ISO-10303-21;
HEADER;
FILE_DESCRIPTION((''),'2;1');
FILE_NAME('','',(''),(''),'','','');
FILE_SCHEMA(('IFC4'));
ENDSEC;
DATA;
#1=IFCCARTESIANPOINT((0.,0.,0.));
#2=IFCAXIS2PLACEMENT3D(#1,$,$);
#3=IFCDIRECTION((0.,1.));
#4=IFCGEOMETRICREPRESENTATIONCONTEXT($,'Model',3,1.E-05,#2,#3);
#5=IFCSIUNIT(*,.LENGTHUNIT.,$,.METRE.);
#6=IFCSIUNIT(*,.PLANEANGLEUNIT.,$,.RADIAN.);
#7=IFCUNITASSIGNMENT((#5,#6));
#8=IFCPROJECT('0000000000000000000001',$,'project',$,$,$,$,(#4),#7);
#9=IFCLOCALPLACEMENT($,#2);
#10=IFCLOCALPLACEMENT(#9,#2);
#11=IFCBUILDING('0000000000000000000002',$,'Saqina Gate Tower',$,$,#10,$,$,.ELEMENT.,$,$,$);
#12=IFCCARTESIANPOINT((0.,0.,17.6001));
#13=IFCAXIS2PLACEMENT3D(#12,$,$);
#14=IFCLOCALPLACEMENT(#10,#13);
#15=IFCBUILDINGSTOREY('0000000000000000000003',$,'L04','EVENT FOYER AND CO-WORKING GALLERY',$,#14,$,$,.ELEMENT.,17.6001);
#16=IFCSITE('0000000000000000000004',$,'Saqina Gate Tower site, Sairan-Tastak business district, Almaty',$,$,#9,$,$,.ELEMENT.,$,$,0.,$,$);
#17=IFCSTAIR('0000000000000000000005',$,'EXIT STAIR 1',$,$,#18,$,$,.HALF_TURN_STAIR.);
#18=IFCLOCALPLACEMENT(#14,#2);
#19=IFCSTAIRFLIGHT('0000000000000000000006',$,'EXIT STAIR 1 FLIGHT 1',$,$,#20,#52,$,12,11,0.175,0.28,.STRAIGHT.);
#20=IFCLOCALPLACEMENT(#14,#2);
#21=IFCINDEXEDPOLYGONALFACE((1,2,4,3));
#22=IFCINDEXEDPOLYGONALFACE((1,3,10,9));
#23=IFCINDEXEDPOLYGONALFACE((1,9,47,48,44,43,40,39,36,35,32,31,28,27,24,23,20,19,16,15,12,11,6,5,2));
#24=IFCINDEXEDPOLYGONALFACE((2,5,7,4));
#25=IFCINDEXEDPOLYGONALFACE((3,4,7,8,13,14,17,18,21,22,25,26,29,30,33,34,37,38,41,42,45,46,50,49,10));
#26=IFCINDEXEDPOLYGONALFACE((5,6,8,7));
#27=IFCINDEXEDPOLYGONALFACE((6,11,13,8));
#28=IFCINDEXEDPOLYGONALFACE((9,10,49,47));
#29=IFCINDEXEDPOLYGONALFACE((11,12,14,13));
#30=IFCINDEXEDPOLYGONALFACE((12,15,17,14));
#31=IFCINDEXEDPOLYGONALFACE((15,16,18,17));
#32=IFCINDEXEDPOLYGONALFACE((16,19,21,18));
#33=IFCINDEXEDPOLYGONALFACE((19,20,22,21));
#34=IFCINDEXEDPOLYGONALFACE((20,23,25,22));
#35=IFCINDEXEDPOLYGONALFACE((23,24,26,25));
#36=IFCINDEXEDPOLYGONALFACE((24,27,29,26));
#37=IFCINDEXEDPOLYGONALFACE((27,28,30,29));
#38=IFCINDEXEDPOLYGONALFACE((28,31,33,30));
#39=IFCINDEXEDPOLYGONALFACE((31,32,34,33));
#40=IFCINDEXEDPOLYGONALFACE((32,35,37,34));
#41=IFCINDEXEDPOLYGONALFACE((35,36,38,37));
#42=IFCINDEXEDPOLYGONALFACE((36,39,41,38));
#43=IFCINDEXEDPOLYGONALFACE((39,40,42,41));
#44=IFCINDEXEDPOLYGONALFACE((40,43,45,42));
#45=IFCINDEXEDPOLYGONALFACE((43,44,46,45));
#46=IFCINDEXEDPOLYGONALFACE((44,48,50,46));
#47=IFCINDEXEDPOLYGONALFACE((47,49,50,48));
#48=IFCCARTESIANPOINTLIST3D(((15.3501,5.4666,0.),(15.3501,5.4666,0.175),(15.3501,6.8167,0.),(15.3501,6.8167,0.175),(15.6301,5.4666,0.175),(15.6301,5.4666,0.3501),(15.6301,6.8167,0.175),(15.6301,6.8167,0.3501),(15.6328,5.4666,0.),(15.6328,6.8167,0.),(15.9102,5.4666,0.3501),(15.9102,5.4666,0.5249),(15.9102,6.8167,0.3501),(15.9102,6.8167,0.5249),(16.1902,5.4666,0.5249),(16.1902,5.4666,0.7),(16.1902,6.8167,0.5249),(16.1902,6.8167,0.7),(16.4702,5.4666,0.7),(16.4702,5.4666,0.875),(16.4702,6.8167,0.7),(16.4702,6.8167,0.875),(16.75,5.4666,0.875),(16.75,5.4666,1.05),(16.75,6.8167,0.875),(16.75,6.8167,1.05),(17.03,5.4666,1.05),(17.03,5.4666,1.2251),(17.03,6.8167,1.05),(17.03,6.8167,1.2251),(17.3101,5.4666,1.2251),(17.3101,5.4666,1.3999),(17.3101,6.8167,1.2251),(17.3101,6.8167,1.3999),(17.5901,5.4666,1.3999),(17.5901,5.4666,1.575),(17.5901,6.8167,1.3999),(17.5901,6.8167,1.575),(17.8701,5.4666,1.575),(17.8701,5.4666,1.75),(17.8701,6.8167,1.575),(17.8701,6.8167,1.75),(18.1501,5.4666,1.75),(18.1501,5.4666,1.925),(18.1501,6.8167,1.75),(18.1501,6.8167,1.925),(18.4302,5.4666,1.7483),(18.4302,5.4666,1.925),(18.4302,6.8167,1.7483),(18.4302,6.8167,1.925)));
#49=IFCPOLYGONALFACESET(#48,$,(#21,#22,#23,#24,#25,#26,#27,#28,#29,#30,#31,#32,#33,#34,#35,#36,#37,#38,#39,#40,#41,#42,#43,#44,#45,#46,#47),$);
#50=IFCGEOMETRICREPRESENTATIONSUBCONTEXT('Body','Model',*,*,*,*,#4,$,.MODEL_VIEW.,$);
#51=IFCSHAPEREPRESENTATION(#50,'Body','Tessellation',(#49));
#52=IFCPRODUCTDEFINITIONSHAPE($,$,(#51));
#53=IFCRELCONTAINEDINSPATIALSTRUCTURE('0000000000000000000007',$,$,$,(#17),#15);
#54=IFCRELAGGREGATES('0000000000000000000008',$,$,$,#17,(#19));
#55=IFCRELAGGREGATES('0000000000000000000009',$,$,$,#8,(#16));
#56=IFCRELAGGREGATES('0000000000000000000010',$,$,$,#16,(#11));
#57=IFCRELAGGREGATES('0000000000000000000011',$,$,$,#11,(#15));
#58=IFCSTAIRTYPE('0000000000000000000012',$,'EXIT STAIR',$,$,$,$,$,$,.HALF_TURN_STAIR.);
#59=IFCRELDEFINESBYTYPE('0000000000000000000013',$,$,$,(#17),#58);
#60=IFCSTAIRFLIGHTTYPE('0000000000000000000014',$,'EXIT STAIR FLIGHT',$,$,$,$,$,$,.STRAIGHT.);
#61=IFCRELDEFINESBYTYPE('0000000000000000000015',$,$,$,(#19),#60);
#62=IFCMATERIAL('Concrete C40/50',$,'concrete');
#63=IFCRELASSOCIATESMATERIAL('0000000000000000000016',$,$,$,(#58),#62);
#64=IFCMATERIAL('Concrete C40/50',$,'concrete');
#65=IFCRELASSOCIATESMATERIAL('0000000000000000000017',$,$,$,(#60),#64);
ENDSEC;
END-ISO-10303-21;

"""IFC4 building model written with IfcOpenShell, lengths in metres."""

from ifc_helpers import new_model, si_unit, direction, frame, origin, place, context, subcontext, project, spatial, polyline, outline, extrude, material, type_object, element, aggregate, save


model = new_model("IFC4")

# Units and contexts
model_context = context("Model", 3, precision=1e-05, world=origin(), true_north=direction((0.0, 1.0)))
body_context = subcontext(model_context, "Body", "Model", "MODEL_VIEW")
ifc_project = project(units=[si_unit("LENGTHUNIT", "METRE"), si_unit("PLANEANGLEUNIT", "RADIAN")], contexts=[model_context])

# Site, building, storey
site_placement = place(None, origin())
site = spatial("IfcSite", under=ifc_project, at=site_placement, Name="Saqina Gate Tower site, Sairan-Tastak business district, Almaty", CompositionType="ELEMENT", RefElevation=0.0)
building_placement = place(site_placement, origin())
building = spatial("IfcBuilding", under=site, at=building_placement, Name="Saqina Gate Tower", CompositionType="ELEMENT")
storey_placement = place(building_placement, frame((0.0, 0.0, 17.6001)))
storey = spatial("IfcBuildingStorey", under=building, at=storey_placement, Name="L04", Description="EVENT FOYER AND CO-WORKING GALLERY", CompositionType="ELEMENT", Elevation=17.6001)

# Stair
ifc_material_1 = material(Name="Concrete C40/50", Category="concrete")
stair_type = type_object("IfcStairType", Name="EXIT STAIR", PredefinedType="HALF_TURN_STAIR", material=ifc_material_1)
stair_1_placement = place(storey_placement, origin())
stair_1 = element("IfcStair", 1, at=stair_1_placement, inside=storey, type_object=stair_type, Name="EXIT STAIR 1", PredefinedType="HALF_TURN_STAIR")

# Stair flight
ifc_material_2 = material(Name="Concrete C40/50", Category="concrete")
stair_flight_type = type_object("IfcStairFlightType", Name="EXIT STAIR FLIGHT", PredefinedType="STRAIGHT", material=ifc_material_2)
stair_flight_placement = place(storey_placement, frame((15.3501, 6.1416, 0.0), z_axis=(0.0, 0.0, 1.0), x_axis=(1.0, 0.0, 0.0)))
stair_flight = element("IfcStairFlight", 2, at=stair_flight_placement, type_object=stair_flight_type, Name="EXIT STAIR 1 FLIGHT 1", NumberOfRisers=12, NumberOfTreads=11, PredefinedType="STRAIGHT", RiserHeight=0.175, TreadLength=0.28, context=body_context, shape_type="SweptSolid", body=[
    extrude(outline(polyline([(0.0, 0.0), (0.0, 0.175), (0.28, 0.175), (0.28, 0.3501), (0.5601, 0.3501), (0.5601, 0.5249), (0.8401, 0.5249), (0.8401, 0.7), (1.1201, 0.7), (1.1201, 0.875), (1.3999, 0.875), (1.3999, 1.05), (1.6799, 1.05), (1.6799, 1.2251), (1.96, 1.2251), (1.96, 1.3999), (2.24, 1.3999), (2.24, 1.575), (2.52, 1.575), (2.52, 1.75), (2.8, 1.75), (2.8, 1.925), (3.0801, 1.925), (3.0801, 2.1001), (3.0801, 1.7483), (0.2827, 0.0), (0.0, 0.0)])), frame((0.0, 0.675, 0.0), z_axis=(0.0, -1.0, 0.0), x_axis=(1.0, 0.0, 0.0)), (0.0, 0.0, 1.0), 1.3501),
])
aggregate(stair_1, [stair_flight])

save(model, "model.ifc")
